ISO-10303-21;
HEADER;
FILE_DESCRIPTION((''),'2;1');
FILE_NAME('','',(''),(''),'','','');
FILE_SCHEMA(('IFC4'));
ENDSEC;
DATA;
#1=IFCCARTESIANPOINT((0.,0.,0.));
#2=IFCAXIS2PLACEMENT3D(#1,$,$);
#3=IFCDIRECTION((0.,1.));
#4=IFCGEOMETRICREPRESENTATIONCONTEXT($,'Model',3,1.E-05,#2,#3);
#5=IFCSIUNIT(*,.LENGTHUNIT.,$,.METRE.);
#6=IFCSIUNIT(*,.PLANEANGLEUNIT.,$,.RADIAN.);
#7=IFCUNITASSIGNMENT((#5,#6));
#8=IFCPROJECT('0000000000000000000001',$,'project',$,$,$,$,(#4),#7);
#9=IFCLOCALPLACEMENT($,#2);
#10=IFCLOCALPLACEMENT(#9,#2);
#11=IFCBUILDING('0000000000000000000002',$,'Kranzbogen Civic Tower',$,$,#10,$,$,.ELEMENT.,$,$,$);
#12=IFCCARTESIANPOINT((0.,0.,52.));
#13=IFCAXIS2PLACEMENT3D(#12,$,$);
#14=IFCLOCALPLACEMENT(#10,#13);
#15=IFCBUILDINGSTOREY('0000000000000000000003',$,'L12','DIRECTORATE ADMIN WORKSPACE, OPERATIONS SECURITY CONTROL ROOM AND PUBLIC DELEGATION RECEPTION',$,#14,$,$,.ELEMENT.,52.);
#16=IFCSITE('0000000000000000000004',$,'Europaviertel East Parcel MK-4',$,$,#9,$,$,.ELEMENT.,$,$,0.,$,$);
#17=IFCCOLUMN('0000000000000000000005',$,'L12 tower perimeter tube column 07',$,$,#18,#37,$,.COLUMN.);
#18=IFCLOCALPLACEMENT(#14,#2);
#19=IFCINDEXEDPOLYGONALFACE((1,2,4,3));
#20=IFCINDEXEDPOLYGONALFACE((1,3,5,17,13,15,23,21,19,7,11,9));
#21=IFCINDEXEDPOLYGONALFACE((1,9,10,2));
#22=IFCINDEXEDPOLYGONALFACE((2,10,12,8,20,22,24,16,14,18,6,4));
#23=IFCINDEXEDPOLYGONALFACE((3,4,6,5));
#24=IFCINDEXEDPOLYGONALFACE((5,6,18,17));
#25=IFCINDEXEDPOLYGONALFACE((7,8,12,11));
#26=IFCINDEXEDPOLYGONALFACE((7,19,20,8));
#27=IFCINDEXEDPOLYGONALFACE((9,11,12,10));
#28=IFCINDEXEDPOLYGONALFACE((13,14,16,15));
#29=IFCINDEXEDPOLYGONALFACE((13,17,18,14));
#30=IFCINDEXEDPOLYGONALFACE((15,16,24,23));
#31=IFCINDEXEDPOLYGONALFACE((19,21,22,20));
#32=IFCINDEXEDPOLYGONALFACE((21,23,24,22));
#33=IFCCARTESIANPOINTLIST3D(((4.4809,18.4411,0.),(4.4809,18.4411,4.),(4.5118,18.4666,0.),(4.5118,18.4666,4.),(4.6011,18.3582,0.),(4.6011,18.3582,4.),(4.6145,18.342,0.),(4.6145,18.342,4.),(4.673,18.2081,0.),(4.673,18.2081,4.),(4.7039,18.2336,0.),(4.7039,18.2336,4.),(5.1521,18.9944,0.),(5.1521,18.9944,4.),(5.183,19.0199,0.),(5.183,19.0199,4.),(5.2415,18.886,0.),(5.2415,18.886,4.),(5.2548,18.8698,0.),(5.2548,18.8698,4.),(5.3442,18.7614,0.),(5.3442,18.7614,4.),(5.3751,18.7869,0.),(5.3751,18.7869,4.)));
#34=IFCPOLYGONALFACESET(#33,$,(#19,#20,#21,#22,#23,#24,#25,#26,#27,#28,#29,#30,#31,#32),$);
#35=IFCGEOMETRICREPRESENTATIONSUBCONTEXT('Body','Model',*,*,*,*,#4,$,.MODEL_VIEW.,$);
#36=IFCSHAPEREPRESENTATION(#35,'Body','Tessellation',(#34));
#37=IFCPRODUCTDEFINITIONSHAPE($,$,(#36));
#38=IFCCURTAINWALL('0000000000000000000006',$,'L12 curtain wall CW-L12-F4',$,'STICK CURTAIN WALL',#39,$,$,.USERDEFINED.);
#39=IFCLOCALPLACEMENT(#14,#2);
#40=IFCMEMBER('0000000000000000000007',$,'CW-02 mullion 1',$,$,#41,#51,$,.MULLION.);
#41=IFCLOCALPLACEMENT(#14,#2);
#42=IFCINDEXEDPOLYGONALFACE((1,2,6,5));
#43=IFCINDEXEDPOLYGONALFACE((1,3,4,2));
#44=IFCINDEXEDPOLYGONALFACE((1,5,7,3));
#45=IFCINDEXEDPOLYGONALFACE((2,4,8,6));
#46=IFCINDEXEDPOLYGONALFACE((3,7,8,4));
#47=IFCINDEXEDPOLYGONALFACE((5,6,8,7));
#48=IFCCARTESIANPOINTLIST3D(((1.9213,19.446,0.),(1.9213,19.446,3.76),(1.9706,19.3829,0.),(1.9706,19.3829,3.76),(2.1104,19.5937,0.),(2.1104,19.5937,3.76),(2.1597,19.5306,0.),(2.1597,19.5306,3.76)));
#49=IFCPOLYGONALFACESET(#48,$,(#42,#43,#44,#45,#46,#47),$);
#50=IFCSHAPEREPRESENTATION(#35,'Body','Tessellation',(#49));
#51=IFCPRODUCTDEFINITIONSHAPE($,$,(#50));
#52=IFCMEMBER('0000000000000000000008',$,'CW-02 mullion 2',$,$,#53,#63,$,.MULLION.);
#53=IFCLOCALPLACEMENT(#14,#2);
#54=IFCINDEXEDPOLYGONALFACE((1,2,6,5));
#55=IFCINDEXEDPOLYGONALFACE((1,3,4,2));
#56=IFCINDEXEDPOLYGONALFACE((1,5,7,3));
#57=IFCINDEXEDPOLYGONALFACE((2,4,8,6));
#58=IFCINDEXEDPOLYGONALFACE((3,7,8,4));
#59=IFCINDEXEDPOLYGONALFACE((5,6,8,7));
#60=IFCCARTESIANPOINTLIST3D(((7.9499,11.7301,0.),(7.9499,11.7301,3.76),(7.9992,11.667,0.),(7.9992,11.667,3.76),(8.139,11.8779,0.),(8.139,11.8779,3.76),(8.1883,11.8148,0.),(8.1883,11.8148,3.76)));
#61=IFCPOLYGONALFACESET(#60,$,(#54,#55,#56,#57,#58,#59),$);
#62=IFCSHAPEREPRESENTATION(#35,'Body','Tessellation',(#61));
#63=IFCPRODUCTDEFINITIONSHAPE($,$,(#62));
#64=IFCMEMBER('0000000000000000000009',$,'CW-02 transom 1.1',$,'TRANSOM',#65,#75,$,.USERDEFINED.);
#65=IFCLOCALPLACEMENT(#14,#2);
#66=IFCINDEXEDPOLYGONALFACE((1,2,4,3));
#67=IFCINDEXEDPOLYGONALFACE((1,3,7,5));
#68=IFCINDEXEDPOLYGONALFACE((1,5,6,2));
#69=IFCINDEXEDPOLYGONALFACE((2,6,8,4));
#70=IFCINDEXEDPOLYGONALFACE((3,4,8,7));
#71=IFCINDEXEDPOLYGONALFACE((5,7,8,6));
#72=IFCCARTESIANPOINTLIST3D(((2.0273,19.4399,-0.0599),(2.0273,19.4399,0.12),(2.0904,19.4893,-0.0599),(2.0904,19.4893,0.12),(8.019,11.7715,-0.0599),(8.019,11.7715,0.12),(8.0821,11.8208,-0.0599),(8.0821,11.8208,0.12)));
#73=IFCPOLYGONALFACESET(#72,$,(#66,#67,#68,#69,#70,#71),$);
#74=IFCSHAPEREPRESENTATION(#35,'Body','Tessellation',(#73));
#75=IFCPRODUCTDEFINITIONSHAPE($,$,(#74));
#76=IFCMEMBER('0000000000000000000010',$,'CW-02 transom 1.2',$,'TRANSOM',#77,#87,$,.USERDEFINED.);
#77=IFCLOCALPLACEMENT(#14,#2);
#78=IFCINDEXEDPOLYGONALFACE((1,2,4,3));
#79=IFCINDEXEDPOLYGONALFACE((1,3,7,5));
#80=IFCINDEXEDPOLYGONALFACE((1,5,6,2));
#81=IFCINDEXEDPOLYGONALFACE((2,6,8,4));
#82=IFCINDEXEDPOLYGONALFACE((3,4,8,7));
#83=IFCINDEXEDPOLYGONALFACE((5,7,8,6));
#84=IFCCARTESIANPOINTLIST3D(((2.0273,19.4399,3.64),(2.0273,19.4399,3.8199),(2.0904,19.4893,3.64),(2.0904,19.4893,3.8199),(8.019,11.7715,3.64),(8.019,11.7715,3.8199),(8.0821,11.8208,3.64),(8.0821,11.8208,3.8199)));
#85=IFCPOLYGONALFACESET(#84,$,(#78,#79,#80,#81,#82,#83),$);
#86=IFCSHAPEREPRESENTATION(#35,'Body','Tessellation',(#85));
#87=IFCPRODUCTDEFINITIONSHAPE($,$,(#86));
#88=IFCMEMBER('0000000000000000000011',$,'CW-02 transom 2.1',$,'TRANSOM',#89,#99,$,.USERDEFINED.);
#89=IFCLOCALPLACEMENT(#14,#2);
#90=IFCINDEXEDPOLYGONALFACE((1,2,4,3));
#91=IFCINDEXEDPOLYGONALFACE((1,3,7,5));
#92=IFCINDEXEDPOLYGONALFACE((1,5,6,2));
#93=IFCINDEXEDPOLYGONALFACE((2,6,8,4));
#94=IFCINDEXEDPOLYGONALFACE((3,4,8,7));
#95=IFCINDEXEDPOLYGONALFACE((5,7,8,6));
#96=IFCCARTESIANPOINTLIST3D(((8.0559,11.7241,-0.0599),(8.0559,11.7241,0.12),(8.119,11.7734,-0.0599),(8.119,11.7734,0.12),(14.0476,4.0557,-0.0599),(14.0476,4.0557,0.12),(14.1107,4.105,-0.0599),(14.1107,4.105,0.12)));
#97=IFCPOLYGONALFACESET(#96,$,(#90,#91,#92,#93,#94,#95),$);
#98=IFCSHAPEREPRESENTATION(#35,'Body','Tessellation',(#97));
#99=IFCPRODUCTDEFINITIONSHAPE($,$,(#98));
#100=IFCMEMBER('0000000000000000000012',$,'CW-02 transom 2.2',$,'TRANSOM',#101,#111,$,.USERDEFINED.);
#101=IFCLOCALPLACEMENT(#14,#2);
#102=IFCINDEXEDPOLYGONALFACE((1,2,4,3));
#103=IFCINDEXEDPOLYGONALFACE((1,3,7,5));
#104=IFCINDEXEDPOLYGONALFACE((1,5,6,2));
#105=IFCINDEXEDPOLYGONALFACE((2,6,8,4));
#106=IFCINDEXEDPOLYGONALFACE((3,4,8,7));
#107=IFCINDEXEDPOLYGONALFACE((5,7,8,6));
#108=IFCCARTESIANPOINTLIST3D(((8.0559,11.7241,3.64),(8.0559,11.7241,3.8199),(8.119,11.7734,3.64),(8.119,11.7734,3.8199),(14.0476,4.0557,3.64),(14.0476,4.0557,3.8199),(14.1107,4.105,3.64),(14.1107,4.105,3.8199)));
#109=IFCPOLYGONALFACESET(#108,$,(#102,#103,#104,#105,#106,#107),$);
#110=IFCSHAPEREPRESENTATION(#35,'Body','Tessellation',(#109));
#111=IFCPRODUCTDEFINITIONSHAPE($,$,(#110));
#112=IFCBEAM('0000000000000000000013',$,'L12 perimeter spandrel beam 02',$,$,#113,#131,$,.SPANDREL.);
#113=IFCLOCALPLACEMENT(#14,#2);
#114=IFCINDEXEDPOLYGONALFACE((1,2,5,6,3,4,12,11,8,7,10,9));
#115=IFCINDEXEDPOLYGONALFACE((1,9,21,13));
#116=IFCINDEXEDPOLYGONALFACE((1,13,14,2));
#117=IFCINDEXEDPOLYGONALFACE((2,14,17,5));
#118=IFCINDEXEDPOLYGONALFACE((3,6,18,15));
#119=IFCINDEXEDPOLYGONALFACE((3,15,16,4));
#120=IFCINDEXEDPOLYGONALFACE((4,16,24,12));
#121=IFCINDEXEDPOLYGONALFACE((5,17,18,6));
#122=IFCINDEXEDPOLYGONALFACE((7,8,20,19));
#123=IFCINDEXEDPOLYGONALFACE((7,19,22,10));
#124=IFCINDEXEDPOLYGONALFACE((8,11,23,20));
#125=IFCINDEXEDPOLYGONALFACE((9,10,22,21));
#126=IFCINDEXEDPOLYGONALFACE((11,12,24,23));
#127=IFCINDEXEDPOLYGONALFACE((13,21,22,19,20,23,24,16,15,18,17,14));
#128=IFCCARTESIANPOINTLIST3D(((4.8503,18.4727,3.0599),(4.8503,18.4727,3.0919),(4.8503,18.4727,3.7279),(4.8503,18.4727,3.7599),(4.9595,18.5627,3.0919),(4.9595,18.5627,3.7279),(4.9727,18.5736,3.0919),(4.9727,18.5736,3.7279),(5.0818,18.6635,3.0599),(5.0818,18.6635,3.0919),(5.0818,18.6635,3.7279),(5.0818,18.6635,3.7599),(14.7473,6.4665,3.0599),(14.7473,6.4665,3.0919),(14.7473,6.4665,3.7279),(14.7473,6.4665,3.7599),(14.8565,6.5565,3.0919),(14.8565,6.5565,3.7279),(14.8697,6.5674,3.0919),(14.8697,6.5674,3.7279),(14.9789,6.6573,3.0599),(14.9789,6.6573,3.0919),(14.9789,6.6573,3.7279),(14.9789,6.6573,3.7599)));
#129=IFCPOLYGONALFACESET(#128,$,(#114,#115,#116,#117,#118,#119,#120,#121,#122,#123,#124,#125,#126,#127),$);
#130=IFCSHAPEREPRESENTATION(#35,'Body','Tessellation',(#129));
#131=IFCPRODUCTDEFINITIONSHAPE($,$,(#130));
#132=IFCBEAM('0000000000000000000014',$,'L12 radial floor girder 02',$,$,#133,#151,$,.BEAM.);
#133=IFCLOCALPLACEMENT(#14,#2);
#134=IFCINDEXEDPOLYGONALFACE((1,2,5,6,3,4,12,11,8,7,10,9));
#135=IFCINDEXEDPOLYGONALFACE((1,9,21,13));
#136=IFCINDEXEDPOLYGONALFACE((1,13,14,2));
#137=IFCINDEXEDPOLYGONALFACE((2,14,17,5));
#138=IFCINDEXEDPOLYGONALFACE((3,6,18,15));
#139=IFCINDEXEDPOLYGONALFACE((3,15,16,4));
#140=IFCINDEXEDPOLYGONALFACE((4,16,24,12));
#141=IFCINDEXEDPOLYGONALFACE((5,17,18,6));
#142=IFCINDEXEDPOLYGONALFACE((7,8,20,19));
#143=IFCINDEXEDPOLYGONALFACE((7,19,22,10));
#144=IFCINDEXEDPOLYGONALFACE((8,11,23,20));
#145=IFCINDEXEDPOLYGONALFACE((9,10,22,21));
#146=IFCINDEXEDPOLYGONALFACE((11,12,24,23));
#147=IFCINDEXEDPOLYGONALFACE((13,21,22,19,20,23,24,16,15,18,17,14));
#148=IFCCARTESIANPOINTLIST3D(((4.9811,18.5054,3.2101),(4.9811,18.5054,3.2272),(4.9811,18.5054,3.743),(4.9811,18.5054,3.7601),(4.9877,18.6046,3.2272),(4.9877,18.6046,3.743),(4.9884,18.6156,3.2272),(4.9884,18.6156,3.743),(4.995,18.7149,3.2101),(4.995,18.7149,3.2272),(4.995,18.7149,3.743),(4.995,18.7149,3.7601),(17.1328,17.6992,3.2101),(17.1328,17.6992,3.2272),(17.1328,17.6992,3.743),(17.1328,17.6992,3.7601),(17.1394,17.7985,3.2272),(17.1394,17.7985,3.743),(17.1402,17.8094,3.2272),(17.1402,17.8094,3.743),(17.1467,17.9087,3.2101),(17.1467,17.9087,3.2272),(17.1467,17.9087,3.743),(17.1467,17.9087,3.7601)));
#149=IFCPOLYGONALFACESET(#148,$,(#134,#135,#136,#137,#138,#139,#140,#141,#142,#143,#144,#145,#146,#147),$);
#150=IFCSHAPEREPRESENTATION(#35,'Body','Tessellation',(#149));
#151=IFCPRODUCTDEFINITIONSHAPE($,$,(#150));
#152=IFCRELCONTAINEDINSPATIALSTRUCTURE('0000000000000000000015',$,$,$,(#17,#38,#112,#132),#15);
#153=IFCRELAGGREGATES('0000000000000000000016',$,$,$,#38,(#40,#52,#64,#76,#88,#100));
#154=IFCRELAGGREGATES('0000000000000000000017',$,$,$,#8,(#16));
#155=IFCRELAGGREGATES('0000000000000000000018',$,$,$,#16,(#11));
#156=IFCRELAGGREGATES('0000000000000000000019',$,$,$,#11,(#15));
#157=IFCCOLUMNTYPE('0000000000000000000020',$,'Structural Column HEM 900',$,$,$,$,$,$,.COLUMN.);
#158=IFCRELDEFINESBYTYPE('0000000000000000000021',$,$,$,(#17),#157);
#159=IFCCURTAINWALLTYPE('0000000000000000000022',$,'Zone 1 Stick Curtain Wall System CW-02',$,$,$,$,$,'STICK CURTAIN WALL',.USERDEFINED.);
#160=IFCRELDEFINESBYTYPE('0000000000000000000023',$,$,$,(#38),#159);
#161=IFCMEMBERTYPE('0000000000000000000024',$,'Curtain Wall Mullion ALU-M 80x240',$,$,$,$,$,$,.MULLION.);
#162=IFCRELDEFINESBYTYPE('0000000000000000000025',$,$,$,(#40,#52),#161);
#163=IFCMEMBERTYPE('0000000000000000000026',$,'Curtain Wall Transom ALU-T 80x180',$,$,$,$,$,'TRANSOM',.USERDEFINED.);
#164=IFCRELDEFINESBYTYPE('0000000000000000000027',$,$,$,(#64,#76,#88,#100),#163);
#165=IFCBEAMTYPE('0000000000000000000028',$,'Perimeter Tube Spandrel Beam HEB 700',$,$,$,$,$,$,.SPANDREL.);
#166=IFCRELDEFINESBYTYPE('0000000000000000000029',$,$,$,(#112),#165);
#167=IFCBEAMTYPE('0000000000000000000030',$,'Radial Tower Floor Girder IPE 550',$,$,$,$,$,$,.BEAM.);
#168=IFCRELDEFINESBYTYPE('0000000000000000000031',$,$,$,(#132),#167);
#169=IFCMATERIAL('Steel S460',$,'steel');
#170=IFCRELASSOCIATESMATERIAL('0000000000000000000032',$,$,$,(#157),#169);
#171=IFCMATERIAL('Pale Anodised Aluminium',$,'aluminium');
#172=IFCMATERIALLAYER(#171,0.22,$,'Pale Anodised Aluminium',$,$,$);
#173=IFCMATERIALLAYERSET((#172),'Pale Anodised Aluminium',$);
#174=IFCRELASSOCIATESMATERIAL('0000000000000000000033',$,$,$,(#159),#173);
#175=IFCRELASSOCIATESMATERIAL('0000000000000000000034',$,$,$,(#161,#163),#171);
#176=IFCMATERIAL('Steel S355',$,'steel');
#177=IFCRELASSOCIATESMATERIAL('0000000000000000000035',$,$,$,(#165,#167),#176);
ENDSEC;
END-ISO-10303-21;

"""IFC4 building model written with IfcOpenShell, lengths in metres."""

from ifc_helpers import new_model, si_unit, direction, frame, origin, origin_2d, place, context, subcontext, project, spatial, rectangle, i_section, extrude, material, layer, layer_set, material_profile, profile_set, type_object, element, aggregate, save


model = new_model("IFC4")

# Units and contexts
model_context = context("Model", 3, precision=1e-05, world=origin(), true_north=direction((0.0, 1.0)))
body_context = subcontext(model_context, "Body", "Model", "MODEL_VIEW")
ifc_project = project(units=[si_unit("LENGTHUNIT", "METRE"), si_unit("PLANEANGLEUNIT", "RADIAN")], contexts=[model_context])

# Site, building, storey
site_placement = place(None, origin())
site = spatial("IfcSite", under=ifc_project, at=site_placement, Name="Europaviertel East Parcel MK-4", CompositionType="ELEMENT", RefElevation=0.0)
building_placement = place(site_placement, origin())
building = spatial("IfcBuilding", under=site, at=building_placement, Name="Kranzbogen Civic Tower", CompositionType="ELEMENT")
storey_placement = place(building_placement, frame((0.0, 0.0, 52.0)))
storey = spatial("IfcBuildingStorey", under=building, at=storey_placement, Name="L12", Description="DIRECTORATE ADMIN WORKSPACE, OPERATIONS SECURITY CONTROL ROOM AND PUBLIC DELEGATION RECEPTION", CompositionType="ELEMENT", Elevation=52.0)

# Column
ifc_material_1 = material(Name="Steel S460", Category="steel")
ifc_material_profile_1 = material_profile(ifc_material_1, i_section(OverallWidth=0.302, OverallDepth=0.9099, WebThickness=0.021, FlangeThickness=0.04, at=origin_2d()), Name="HEM 900")
ifc_profile_set_1 = profile_set([ifc_material_profile_1], Name="Steel S460")
column_type = type_object("IfcColumnType", Name="Structural Column HEM 900", PredefinedType="COLUMN", material=ifc_profile_set_1)
column_placement = place(storey_placement, frame((4.928, 18.614, 0.0), z_axis=(0.0, 0.0, 1.0), x_axis=(-0.636078, 0.771625, 0.0)))
element("IfcColumn", 1, at=column_placement, inside=storey, type_object=column_type, Name="L12 tower perimeter tube column 07", PredefinedType="COLUMN", context=body_context, shape_type="SweptSolid", body=[
    extrude(i_section(OverallWidth=0.302, OverallDepth=0.9099, WebThickness=0.021, FlangeThickness=0.04, at=origin_2d()), origin(), (0.0, 0.0, 1.0), 4.0),
])

# Curtain wall, members
ifc_material_2 = material(Name="Pale Anodised Aluminium", Category="aluminium")
ifc_layer_1 = layer(ifc_material_2, 0.22, Name="Pale Anodised Aluminium")
ifc_layer_set_1 = layer_set([ifc_layer_1], Name="Pale Anodised Aluminium")
curtain_wall_type = type_object("IfcCurtainWallType", Name="Zone 1 Stick Curtain Wall System CW-02", ElementType="STICK CURTAIN WALL", PredefinedType="USERDEFINED", material=ifc_layer_set_1)
curtain_wall_placement = place(storey_placement, origin())
curtain_wall = element("IfcCurtainWall", 2, at=curtain_wall_placement, inside=storey, type_object=curtain_wall_type, Name="L12 curtain wall CW-L12-F4", ObjectType="STICK CURTAIN WALL", PredefinedType="USERDEFINED")
ifc_material_profile_2 = material_profile(ifc_material_2, rectangle(XDim=0.0801, YDim=0.24, at=origin_2d()), Name="ALU-M 80x240")
ifc_profile_set_2 = profile_set([ifc_material_profile_2], Name="Pale Anodised Aluminium")
member_type_1 = type_object("IfcMemberType", Name="Curtain Wall Mullion ALU-M 80x240", PredefinedType="MULLION", material=ifc_profile_set_2)
member_1_placement = place(storey_placement, frame((2.0405, 19.4883, 0.0), z_axis=(0.0, 0.0, 1.0), x_axis=(0.615677, -0.787999, 0.0)))
member_1 = element("IfcMember", 3, at=member_1_placement, type_object=member_type_1, Name="CW-02 mullion 1", PredefinedType="MULLION", context=body_context, shape_type="SweptSolid", body=[
    extrude(rectangle(XDim=0.0801, YDim=0.24, at=origin_2d()), origin(), (0.0, 0.0, 1.0), 3.76),
])
member_2_placement = place(storey_placement, frame((8.0691, 11.7725, 0.0), z_axis=(0.0, 0.0, 1.0), x_axis=(0.615677, -0.787999, 0.0)))
member_2 = element("IfcMember", 4, at=member_2_placement, type_object=member_type_1, Name="CW-02 mullion 2", PredefinedType="MULLION", context=body_context, shape_type="SweptSolid", body=[
    extrude(rectangle(XDim=0.0801, YDim=0.24, at=origin_2d()), origin(), (0.0, 0.0, 1.0), 3.76),
])
ifc_material_profile_3 = material_profile(ifc_material_2, rectangle(XDim=0.0801, YDim=0.1799, at=origin_2d()), Name="ALU-T 80x180")
ifc_profile_set_3 = profile_set([ifc_material_profile_3], Name="Pale Anodised Aluminium")
member_type_2 = type_object("IfcMemberType", Name="Curtain Wall Transom ALU-T 80x180", ElementType="TRANSOM", PredefinedType="USERDEFINED", material=ifc_profile_set_3)
member_3_placement = place(storey_placement, frame((2.0588, 19.4646, 0.03), z_axis=(0.61569, -0.787989, 0.0), x_axis=(0.787989, 0.61569, 0.0)))
member_3 = element("IfcMember", 5, at=member_3_placement, type_object=member_type_2, Name="CW-02 transom 1.1", ObjectType="TRANSOM", PredefinedType="USERDEFINED", context=body_context, shape_type="SweptSolid", body=[
    extrude(rectangle(XDim=0.0801, YDim=0.1799, at=origin_2d()), origin(), (0.0, 0.0, 1.0), 9.7317),
])
member_4_placement = place(storey_placement, frame((2.0588, 19.4646, 3.73), z_axis=(0.61569, -0.787989, 0.0), x_axis=(0.787989, 0.61569, 0.0)))
member_4 = element("IfcMember", 6, at=member_4_placement, type_object=member_type_2, Name="CW-02 transom 1.2", ObjectType="TRANSOM", PredefinedType="USERDEFINED", context=body_context, shape_type="SweptSolid", body=[
    extrude(rectangle(XDim=0.0801, YDim=0.1799, at=origin_2d()), origin(), (0.0, 0.0, 1.0), 9.7317),
])
member_5_placement = place(storey_placement, frame((8.0874, 11.7488, 0.03), z_axis=(0.61569, -0.787989, 0.0), x_axis=(0.787989, 0.61569, 0.0)))
member_5 = element("IfcMember", 7, at=member_5_placement, type_object=member_type_2, Name="CW-02 transom 2.1", ObjectType="TRANSOM", PredefinedType="USERDEFINED", context=body_context, shape_type="SweptSolid", body=[
    extrude(rectangle(XDim=0.0801, YDim=0.1799, at=origin_2d()), origin(), (0.0, 0.0, 1.0), 9.7317),
])
member_6_placement = place(storey_placement, frame((8.0874, 11.7488, 3.73), z_axis=(0.61569, -0.787989, 0.0), x_axis=(0.787989, 0.61569, 0.0)))
member_6 = element("IfcMember", 8, at=member_6_placement, type_object=member_type_2, Name="CW-02 transom 2.2", ObjectType="TRANSOM", PredefinedType="USERDEFINED", context=body_context, shape_type="SweptSolid", body=[
    extrude(rectangle(XDim=0.0801, YDim=0.1799, at=origin_2d()), origin(), (0.0, 0.0, 1.0), 9.7317),
])

# Beams
ifc_material_3 = material(Name="Steel S355", Category="steel")
ifc_material_profile_4 = material_profile(ifc_material_3, i_section(OverallWidth=0.3, OverallDepth=0.7, WebThickness=0.0171, FlangeThickness=0.032, at=origin_2d()), Name="HEB 700")
ifc_profile_set_4 = profile_set([ifc_material_profile_4], Name="Steel S355")
beam_type_1 = type_object("IfcBeamType", Name="Perimeter Tube Spandrel Beam HEB 700", PredefinedType="SPANDREL", material=ifc_profile_set_4)
beam_1_placement = place(storey_placement, frame((4.9661, 18.5681, 3.4099), z_axis=(0.636075, -0.771628, 0.0), x_axis=(0.771628, 0.636075, 0.0)))
element("IfcBeam", 9, at=beam_1_placement, inside=storey, type_object=beam_type_1, Name="L12 perimeter spandrel beam 02", PredefinedType="SPANDREL", context=body_context, shape_type="SweptSolid", body=[
    extrude(i_section(OverallWidth=0.3, OverallDepth=0.7, WebThickness=0.0171, FlangeThickness=0.032, at=origin_2d()), origin(), (0.0, 0.0, 1.0), 15.5596),
])
ifc_material_profile_5 = material_profile(ifc_material_3, i_section(OverallWidth=0.21, OverallDepth=0.55, WebThickness=0.011, FlangeThickness=0.0171, at=origin_2d()), Name="IPE 550")
ifc_profile_set_5 = profile_set([ifc_material_profile_5], Name="Steel S355")
beam_type_2 = type_object("IfcBeamType", Name="Radial Tower Floor Girder IPE 550", PredefinedType="BEAM", material=ifc_profile_set_5)
beam_2_placement = place(storey_placement, frame((4.988, 18.6101, 3.4851), z_axis=(0.997807, -0.066194, 0.0), x_axis=(0.066194, 0.997807, 0.0)))
element("IfcBeam", 10, at=beam_2_placement, inside=storey, type_object=beam_type_2, Name="L12 radial floor girder 02", PredefinedType="BEAM", context=body_context, shape_type="SweptSolid", body=[
    extrude(i_section(OverallWidth=0.21, OverallDepth=0.55, WebThickness=0.011, FlangeThickness=0.0171, at=origin_2d()), origin(), (0.0, 0.0, 1.0), 12.1785),
])

aggregate(curtain_wall, [member_1, member_2, member_3, member_4, member_5, member_6])

save(model, "model.ifc")
